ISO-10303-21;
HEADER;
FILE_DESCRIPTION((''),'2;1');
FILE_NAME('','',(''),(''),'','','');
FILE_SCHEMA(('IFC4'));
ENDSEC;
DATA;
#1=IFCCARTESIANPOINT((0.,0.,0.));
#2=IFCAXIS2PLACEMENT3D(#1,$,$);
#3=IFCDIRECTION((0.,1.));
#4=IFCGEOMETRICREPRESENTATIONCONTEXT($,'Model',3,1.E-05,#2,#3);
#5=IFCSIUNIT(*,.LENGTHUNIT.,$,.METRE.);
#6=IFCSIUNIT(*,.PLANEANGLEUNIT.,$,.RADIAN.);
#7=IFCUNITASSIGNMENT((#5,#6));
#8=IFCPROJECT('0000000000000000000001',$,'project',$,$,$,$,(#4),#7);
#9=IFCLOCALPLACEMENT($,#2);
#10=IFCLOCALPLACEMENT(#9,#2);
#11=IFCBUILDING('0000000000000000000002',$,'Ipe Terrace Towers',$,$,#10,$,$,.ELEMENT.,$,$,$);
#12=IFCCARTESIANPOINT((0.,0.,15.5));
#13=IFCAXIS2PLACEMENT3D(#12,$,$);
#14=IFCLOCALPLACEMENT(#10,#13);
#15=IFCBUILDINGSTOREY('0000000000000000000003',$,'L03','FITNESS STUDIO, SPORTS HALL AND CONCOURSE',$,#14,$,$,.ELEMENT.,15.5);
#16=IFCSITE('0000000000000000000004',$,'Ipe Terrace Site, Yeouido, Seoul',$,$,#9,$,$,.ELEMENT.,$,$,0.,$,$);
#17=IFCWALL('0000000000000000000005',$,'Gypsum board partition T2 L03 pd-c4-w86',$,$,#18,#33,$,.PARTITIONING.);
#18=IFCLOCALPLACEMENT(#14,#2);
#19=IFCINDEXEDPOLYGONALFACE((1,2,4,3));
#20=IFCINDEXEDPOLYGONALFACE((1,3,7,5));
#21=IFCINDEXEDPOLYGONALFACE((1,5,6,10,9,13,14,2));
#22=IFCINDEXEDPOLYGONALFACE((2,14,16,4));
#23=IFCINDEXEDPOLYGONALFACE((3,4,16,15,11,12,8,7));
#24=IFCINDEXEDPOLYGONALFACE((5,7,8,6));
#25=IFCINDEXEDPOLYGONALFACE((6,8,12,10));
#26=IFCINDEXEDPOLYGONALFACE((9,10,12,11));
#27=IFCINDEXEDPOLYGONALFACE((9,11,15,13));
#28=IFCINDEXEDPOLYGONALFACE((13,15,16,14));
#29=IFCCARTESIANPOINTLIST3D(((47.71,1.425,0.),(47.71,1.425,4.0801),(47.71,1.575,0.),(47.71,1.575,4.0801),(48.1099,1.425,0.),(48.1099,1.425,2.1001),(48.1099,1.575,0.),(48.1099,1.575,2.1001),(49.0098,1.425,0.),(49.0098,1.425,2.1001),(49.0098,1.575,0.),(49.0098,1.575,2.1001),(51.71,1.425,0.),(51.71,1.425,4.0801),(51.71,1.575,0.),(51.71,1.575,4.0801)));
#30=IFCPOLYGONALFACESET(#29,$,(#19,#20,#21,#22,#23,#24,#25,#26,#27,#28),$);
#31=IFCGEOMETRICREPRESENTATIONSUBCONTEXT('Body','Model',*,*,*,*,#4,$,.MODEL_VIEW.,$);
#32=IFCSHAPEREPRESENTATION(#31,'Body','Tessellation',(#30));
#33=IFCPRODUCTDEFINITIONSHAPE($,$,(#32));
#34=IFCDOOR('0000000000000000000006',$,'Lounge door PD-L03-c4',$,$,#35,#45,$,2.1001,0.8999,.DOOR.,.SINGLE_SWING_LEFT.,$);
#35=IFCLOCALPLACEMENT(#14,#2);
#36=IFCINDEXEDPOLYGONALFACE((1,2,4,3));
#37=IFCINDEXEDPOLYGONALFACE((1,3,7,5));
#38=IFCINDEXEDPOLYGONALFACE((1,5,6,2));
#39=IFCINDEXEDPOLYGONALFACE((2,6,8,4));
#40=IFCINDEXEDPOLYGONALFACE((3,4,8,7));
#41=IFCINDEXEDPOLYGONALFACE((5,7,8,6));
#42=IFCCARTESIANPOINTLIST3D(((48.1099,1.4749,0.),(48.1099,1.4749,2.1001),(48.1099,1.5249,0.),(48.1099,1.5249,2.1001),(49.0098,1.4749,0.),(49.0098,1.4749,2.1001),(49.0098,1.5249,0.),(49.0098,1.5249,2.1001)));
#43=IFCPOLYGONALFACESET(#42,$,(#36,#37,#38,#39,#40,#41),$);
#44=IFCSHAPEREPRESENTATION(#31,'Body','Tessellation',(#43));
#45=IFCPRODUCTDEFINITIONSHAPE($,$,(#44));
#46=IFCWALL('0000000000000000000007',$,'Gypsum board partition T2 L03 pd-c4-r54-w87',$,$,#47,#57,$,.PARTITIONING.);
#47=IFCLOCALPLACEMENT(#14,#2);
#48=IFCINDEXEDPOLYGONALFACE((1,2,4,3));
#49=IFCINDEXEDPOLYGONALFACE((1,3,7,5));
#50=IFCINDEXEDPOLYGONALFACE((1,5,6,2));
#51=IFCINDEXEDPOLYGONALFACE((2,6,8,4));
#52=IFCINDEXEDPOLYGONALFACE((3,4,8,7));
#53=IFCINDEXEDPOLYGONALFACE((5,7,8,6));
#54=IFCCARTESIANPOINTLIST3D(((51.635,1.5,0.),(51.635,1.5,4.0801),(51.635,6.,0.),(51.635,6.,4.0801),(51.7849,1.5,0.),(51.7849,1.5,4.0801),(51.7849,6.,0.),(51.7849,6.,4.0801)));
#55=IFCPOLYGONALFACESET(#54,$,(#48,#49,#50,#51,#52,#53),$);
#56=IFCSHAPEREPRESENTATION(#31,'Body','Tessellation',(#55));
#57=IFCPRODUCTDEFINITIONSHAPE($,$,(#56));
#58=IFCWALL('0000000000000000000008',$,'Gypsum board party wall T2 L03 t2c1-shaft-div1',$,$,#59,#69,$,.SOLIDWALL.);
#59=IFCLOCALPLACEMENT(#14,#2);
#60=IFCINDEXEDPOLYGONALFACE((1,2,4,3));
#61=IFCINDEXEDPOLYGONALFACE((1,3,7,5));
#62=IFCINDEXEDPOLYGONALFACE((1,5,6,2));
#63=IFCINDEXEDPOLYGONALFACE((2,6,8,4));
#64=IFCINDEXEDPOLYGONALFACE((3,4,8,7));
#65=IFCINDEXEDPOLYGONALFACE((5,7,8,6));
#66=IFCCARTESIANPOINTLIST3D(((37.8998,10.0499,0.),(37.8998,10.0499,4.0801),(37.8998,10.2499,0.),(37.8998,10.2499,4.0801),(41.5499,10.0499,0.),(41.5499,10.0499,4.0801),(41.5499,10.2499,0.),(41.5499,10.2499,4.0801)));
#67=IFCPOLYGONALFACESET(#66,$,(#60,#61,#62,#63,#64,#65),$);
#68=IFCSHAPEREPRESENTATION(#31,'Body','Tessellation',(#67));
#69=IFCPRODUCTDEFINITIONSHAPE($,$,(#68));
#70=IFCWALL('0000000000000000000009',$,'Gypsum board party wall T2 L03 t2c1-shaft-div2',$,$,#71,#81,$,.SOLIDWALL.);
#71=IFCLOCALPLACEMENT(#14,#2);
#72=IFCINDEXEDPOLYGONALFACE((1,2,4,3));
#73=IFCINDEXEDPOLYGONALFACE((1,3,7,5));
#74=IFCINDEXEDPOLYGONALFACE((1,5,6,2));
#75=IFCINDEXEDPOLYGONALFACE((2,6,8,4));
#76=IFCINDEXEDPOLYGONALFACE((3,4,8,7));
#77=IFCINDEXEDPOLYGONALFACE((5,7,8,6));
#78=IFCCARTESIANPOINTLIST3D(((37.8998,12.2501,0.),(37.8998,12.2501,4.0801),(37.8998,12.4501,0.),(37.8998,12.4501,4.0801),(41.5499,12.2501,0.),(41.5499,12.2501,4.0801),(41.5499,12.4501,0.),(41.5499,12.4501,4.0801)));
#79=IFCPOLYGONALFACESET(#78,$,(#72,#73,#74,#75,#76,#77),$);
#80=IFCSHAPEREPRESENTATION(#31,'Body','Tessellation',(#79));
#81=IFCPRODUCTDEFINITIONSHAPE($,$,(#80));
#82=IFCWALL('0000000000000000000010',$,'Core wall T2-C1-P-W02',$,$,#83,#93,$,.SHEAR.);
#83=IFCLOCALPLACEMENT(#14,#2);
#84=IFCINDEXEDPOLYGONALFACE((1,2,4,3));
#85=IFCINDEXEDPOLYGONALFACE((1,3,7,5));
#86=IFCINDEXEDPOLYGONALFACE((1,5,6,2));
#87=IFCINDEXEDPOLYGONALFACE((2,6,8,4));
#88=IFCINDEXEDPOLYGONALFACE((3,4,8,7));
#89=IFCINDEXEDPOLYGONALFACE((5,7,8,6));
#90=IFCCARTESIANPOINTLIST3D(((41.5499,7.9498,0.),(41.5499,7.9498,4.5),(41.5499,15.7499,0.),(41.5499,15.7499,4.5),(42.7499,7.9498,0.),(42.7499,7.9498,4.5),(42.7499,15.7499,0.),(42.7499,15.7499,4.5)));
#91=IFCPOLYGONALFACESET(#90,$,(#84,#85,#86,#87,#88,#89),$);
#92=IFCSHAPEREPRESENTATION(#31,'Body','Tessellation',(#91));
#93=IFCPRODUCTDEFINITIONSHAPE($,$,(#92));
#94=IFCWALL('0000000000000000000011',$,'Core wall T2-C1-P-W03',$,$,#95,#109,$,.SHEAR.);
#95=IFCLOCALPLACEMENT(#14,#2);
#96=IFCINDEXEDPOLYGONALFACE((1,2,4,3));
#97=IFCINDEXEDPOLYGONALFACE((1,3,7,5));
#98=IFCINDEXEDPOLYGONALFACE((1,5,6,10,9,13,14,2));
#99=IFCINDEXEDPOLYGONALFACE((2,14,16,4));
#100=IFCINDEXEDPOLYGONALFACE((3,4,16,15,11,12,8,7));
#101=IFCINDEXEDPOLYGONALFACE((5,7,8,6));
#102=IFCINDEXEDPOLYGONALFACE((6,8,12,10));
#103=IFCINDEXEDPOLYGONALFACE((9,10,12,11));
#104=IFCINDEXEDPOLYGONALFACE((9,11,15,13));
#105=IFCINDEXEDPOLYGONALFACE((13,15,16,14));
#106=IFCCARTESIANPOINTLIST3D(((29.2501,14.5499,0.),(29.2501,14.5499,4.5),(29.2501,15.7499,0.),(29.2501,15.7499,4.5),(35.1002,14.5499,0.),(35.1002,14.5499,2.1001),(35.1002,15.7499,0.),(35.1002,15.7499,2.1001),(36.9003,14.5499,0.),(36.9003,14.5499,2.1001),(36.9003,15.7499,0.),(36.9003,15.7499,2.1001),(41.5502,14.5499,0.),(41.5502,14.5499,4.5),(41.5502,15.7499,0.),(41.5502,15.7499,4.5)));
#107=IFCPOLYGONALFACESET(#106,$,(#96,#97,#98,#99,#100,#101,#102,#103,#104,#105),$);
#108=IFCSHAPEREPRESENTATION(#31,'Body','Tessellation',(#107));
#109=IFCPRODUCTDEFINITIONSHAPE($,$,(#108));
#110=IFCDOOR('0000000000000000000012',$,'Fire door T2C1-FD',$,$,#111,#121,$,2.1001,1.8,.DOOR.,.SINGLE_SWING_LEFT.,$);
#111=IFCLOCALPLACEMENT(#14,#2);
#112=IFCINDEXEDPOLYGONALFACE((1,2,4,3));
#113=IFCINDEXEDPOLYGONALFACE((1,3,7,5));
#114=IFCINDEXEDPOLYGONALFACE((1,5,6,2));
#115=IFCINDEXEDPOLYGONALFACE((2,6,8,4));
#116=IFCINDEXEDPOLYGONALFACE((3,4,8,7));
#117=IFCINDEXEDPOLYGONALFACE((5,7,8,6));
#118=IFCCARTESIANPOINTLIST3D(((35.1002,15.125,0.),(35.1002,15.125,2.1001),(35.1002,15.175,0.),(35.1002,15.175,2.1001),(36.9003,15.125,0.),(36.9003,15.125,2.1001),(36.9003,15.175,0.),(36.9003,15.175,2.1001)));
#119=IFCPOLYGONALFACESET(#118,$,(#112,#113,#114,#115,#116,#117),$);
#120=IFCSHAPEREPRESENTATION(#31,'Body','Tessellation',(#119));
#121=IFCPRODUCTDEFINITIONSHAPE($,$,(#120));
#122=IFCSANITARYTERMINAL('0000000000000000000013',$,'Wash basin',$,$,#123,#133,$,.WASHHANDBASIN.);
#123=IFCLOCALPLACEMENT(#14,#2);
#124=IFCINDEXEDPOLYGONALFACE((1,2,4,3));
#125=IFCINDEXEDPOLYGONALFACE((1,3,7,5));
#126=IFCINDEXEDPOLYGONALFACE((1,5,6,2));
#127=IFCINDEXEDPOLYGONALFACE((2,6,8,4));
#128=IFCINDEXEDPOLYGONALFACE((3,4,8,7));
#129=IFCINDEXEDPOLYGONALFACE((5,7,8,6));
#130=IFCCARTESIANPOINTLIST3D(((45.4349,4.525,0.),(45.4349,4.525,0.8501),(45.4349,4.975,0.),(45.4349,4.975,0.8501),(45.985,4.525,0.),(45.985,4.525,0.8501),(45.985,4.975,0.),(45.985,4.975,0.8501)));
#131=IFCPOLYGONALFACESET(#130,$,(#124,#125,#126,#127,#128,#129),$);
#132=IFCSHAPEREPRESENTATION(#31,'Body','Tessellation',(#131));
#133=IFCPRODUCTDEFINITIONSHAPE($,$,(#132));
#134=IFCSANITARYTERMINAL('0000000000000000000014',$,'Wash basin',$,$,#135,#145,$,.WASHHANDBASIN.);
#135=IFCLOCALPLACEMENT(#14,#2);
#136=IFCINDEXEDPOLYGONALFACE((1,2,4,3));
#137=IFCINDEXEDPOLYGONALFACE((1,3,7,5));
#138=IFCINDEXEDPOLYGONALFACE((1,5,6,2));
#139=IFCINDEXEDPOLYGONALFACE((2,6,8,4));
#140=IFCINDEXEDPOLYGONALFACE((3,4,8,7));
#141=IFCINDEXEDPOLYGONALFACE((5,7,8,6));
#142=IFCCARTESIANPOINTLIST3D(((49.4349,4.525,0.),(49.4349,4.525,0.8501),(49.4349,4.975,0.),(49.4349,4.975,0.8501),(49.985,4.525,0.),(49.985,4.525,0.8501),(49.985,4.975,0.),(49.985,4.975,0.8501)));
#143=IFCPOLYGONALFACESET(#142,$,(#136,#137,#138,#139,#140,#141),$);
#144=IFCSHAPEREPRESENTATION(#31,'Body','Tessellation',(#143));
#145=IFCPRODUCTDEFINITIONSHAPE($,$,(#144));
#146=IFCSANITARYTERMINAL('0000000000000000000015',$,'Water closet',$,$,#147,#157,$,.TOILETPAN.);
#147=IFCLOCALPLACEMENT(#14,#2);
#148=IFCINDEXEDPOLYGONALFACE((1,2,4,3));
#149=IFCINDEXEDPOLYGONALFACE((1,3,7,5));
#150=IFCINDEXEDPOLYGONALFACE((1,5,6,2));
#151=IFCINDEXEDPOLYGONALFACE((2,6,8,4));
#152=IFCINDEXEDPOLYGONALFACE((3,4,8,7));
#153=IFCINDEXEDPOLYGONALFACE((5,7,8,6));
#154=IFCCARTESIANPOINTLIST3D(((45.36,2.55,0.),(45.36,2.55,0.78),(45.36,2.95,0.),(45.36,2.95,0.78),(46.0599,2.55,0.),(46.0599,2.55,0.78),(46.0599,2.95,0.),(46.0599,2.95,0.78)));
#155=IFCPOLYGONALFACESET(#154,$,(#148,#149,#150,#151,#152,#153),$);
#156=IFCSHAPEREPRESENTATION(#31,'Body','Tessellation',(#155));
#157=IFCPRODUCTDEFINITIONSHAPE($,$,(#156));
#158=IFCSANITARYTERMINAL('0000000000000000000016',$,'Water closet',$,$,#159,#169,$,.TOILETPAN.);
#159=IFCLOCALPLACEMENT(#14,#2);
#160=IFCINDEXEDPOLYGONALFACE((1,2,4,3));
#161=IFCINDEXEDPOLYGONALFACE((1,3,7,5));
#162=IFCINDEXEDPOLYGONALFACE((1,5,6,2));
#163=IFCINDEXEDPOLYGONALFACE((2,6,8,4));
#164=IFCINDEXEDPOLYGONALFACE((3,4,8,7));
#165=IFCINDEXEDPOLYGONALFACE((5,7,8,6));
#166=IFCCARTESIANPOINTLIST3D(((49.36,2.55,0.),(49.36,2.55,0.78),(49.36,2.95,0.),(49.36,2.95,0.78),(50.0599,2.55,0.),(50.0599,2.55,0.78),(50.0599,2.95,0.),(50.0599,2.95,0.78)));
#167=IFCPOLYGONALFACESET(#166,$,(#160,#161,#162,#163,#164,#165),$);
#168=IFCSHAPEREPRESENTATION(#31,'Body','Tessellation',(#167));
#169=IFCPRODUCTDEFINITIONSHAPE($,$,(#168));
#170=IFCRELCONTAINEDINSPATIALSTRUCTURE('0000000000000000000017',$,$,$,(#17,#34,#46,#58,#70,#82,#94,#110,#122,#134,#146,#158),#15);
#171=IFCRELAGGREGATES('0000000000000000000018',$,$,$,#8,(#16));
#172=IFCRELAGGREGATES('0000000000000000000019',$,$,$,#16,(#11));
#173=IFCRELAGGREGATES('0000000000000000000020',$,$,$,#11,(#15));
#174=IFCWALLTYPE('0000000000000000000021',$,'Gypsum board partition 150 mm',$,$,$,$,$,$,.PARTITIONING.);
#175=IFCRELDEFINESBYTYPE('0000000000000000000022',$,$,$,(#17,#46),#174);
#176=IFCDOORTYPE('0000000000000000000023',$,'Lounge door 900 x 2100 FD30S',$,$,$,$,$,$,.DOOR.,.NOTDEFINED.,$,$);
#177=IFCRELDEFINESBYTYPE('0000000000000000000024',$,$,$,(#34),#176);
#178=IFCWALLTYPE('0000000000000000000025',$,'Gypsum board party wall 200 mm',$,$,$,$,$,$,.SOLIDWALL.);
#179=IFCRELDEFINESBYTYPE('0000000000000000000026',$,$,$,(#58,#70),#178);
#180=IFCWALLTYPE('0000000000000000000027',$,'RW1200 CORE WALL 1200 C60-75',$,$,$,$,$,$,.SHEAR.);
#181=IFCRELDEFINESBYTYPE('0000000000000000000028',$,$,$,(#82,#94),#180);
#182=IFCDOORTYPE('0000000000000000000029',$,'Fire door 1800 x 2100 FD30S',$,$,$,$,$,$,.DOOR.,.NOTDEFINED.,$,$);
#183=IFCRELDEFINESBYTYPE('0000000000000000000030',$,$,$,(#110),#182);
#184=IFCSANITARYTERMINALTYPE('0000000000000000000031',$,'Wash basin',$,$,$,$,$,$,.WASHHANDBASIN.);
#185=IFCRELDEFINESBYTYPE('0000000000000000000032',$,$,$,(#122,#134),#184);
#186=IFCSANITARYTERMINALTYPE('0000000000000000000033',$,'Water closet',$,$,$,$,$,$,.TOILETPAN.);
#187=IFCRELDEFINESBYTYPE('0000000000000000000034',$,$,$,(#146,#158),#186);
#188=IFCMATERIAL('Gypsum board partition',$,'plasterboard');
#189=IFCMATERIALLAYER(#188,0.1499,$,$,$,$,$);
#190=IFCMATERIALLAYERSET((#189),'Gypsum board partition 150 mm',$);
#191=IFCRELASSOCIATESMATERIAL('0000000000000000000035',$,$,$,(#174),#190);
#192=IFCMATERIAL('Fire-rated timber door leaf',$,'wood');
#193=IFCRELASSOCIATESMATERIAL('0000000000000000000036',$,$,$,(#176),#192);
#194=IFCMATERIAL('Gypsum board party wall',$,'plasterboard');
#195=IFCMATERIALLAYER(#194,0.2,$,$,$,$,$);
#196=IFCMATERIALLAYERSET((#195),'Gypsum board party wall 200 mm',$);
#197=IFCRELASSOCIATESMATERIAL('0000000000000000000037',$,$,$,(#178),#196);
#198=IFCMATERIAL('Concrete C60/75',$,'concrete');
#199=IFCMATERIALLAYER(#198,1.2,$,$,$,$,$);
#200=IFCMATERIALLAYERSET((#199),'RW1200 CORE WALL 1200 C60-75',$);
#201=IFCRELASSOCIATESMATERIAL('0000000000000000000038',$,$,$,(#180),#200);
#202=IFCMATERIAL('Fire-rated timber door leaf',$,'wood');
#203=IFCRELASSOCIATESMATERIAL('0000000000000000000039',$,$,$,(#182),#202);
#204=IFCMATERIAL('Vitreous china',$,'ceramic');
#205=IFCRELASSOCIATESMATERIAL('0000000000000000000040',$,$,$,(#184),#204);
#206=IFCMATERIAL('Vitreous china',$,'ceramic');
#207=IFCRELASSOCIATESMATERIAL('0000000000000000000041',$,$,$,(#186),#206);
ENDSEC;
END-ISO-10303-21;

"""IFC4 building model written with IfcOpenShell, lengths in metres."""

from ifc_helpers import new_model, si_unit, direction, frame, frame_2d, origin, origin_2d, place, context, subcontext, project, spatial, rectangle, extrude, material, layer, layer_set, type_object, element, fill, save


model = new_model("IFC4")

# Units and contexts
model_context = context("Model", 3, precision=1e-05, world=origin(), true_north=direction((0.0, 1.0)))
body_context = subcontext(model_context, "Body", "Model", "MODEL_VIEW")
ifc_project = project(units=[si_unit("LENGTHUNIT", "METRE"), si_unit("PLANEANGLEUNIT", "RADIAN")], contexts=[model_context])

# Site, building, storey
site_placement = place(None, origin())
site = spatial("IfcSite", under=ifc_project, at=site_placement, Name="Ipe Terrace Site, Yeouido, Seoul", CompositionType="ELEMENT", RefElevation=0.0)
building_placement = place(site_placement, origin())
building = spatial("IfcBuilding", under=site, at=building_placement, Name="Ipe Terrace Towers", CompositionType="ELEMENT")
storey_placement = place(building_placement, frame((0.0, 0.0, 15.5)))
storey = spatial("IfcBuildingStorey", under=building, at=storey_placement, Name="L03", Description="FITNESS STUDIO, SPORTS HALL AND CONCOURSE", CompositionType="ELEMENT", Elevation=15.5)

# Shared definitions
ifc_material_1 = material(Name="Gypsum board partition", Category="plasterboard")
ifc_layer_1 = layer(ifc_material_1, 0.1499)
ifc_layer_set_1 = layer_set([ifc_layer_1], Name="Gypsum board partition 150 mm")
wall_type_1 = type_object("IfcWallType", Name="Gypsum board partition 150 mm", PredefinedType="PARTITIONING", material=ifc_layer_set_1)

# Shared definitions
ifc_material_2 = material(Name="Fire-rated timber door leaf", Category="wood")
door_type_1 = type_object("IfcDoorType", Name="Lounge door 900 x 2100 FD30S", OperationType="NOTDEFINED", PredefinedType="DOOR", material=ifc_material_2)

# Wall, opening, door
wall_1_placement = place(storey_placement, frame((47.71, 1.5, 0.0), z_axis=(0.0, 0.0, 1.0), x_axis=(1.0, 0.0, 0.0)))
wall_1 = element("IfcWall", 1, at=wall_1_placement, inside=storey, type_object=wall_type_1, Name="Gypsum board partition T2 L03 pd-c4-w86", PredefinedType="PARTITIONING", context=body_context, shape_type="SweptSolid", body=[
    extrude(rectangle(XDim=4.0, YDim=0.1499, at=frame_2d((2.0, 0.0))), origin(), (0.0, 0.0, 1.0), 4.0801),
])
opening_1_placement = place(wall_1_placement, frame((0.3999, 0.0, 0.0)))
opening_1 = element("IfcOpeningElement", 2, at=opening_1_placement, cuts=wall_1, PredefinedType="OPENING", context=body_context, shape_type="SweptSolid", body=[
    extrude(rectangle(XDim=0.8999, YDim=2.1001, at=frame_2d((0.45, 1.05))), frame((0.0, 0.085, 0.0), z_axis=(0.0, -1.0, 0.0), x_axis=(1.0, 0.0, 0.0)), (0.0, 0.0, 1.0), 0.1699),
])
door_1_placement = place(opening_1_placement, origin())
door_1 = element("IfcDoor", 3, at=door_1_placement, inside=storey, type_object=door_type_1, Name="Lounge door PD-L03-c4", OperationType="SINGLE_SWING_LEFT", OverallHeight=2.1001, OverallWidth=0.8999, PredefinedType="DOOR", context=body_context, shape_type="SweptSolid", body=[
    extrude(rectangle(XDim=0.8999, YDim=2.1001, at=frame_2d((0.45, 1.05))), frame((0.0, 0.0249, 0.0), z_axis=(0.0, -1.0, 0.0), x_axis=(1.0, 0.0, 0.0)), (0.0, 0.0, 1.0), 0.05),
])
fill(opening_1, door_1)

# Walls
wall_2_placement = place(storey_placement, frame((51.71, 1.5, 0.0), z_axis=(0.0, 0.0, 1.0), x_axis=(0.0, 1.0, 0.0)))
element("IfcWall", 4, at=wall_2_placement, inside=storey, type_object=wall_type_1, Name="Gypsum board partition T2 L03 pd-c4-r54-w87", PredefinedType="PARTITIONING", context=body_context, shape_type="SweptSolid", body=[
    extrude(rectangle(XDim=4.5, YDim=0.1499, at=frame_2d((2.25, 0.0))), origin(), (0.0, 0.0, 1.0), 4.0801),
])
ifc_material_3 = material(Name="Gypsum board party wall", Category="plasterboard")
ifc_layer_2 = layer(ifc_material_3, 0.2)
ifc_layer_set_2 = layer_set([ifc_layer_2], Name="Gypsum board party wall 200 mm")
wall_type_2 = type_object("IfcWallType", Name="Gypsum board party wall 200 mm", PredefinedType="SOLIDWALL", material=ifc_layer_set_2)
for number, where, z_axis, x_axis, name in (
    (5, (41.55, 10.1499, 0.0), (0.0, 0.0, 1.0), (-1.0, 0.0, 0.0), "Gypsum board party wall T2 L03 t2c1-shaft-div1"),
    (6, (41.55, 12.3501, 0.0), (0.0, 0.0, 1.0), (-1.0, 0.0, 0.0), "Gypsum board party wall T2 L03 t2c1-shaft-div2"),
):
    element("IfcWall", number, at=place(storey_placement, frame(where, z_axis=z_axis, x_axis=x_axis)), inside=storey, type_object=wall_type_2, Name=name, PredefinedType="SOLIDWALL", context=body_context, shape_type="SweptSolid", body=[
        extrude(rectangle(XDim=3.6501, YDim=0.2, at=frame_2d((1.8252, 0.0))), origin(), (0.0, 0.0, 1.0), 4.0801),
    ])
ifc_material_4 = material(Name="Concrete C60/75", Category="concrete")
ifc_layer_3 = layer(ifc_material_4, 1.2)
ifc_layer_set_3 = layer_set([ifc_layer_3], Name="RW1200 CORE WALL 1200 C60-75")
wall_type_3 = type_object("IfcWallType", Name="RW1200 CORE WALL 1200 C60-75", PredefinedType="SHEAR", material=ifc_layer_set_3)
wall_3_placement = place(storey_placement, frame((42.1499, 7.95, 0.0), z_axis=(0.0, 0.0, 1.0), x_axis=(0.0, 1.0, 0.0)))
element("IfcWall", 7, at=wall_3_placement, inside=storey, type_object=wall_type_3, Name="Core wall T2-C1-P-W02", PredefinedType="SHEAR", context=body_context, shape_type="SweptSolid", body=[
    extrude(rectangle(XDim=7.8, YDim=1.2, at=frame_2d((3.8999, 0.0))), origin(), (0.0, 0.0, 1.0), 4.5),
])

# Wall, opening, door
wall_4_placement = place(storey_placement, frame((41.55, 15.1499, 0.0), z_axis=(0.0, 0.0, 1.0), x_axis=(-1.0, 0.0, 0.0)))
wall_4 = element("IfcWall", 8, at=wall_4_placement, inside=storey, type_object=wall_type_3, Name="Core wall T2-C1-P-W03", PredefinedType="SHEAR", context=body_context, shape_type="SweptSolid", body=[
    extrude(rectangle(XDim=12.3, YDim=1.2, at=frame_2d((6.1499, 0.0))), origin(), (0.0, 0.0, 1.0), 4.5),
])
opening_2_placement = place(wall_4_placement, frame((4.6499, 0.0, 0.0)))
opening_2 = element("IfcOpeningElement", 9, at=opening_2_placement, cuts=wall_4, PredefinedType="OPENING", context=body_context, shape_type="SweptSolid", body=[
    extrude(rectangle(XDim=1.8, YDim=2.1001, at=frame_2d((0.8999, 1.05))), frame((0.0, 0.6099, 0.0), z_axis=(0.0, -1.0, 0.0), x_axis=(1.0, 0.0, 0.0)), (0.0, 0.0, 1.0), 1.22),
])
ifc_material_5 = material(Name="Fire-rated timber door leaf", Category="wood")
door_type_2 = type_object("IfcDoorType", Name="Fire door 1800 x 2100 FD30S", OperationType="NOTDEFINED", PredefinedType="DOOR", material=ifc_material_5)
door_2_placement = place(opening_2_placement, origin())
door_2 = element("IfcDoor", 10, at=door_2_placement, inside=storey, type_object=door_type_2, Name="Fire door T2C1-FD", OperationType="SINGLE_SWING_LEFT", OverallHeight=2.1001, OverallWidth=1.8, PredefinedType="DOOR", context=body_context, shape_type="SweptSolid", body=[
    extrude(rectangle(XDim=1.8, YDim=2.1001, at=frame_2d((0.8999, 1.05))), frame((0.0, 0.0249, 0.0), z_axis=(0.0, -1.0, 0.0), x_axis=(1.0, 0.0, 0.0)), (0.0, 0.0, 1.0), 0.05),
])
fill(opening_2, door_2)

# Sanitary terminals
ifc_material_6 = material(Name="Vitreous china", Category="ceramic")
sanitary_terminal_type_1 = type_object("IfcSanitaryTerminalType", Name="Wash basin", PredefinedType="WASHHANDBASIN", material=ifc_material_6)
for number, where, z_axis, x_axis, name in (
    (11, (45.71, 4.75, 0.0), (0.0, 0.0, 1.0), (1.0, 0.0, 0.0), "Wash basin"),
    (12, (49.71, 4.75, 0.0), (0.0, 0.0, 1.0), (1.0, 0.0, 0.0), "Wash basin"),
):
    element("IfcSanitaryTerminal", number, at=place(storey_placement, frame(where, z_axis=z_axis, x_axis=x_axis)), inside=storey, type_object=sanitary_terminal_type_1, Name=name, PredefinedType="WASHHANDBASIN", context=body_context, shape_type="SweptSolid", body=[
        extrude(rectangle(XDim=0.55, YDim=0.45, at=origin_2d()), origin(), (0.0, 0.0, 1.0), 0.8501),
    ])
ifc_material_7 = material(Name="Vitreous china", Category="ceramic")
sanitary_terminal_type_2 = type_object("IfcSanitaryTerminalType", Name="Water closet", PredefinedType="TOILETPAN", material=ifc_material_7)
for number, where, z_axis, x_axis, name in (
    (13, (45.71, 2.75, 0.0), (0.0, 0.0, 1.0), (1.0, 0.0, 0.0), "Water closet"),
    (14, (49.71, 2.75, 0.0), (0.0, 0.0, 1.0), (1.0, 0.0, 0.0), "Water closet"),
):
    element("IfcSanitaryTerminal", number, at=place(storey_placement, frame(where, z_axis=z_axis, x_axis=x_axis)), inside=storey, type_object=sanitary_terminal_type_2, Name=name, PredefinedType="TOILETPAN", context=body_context, shape_type="SweptSolid", body=[
        extrude(rectangle(XDim=0.7, YDim=0.3999, at=origin_2d()), origin(), (0.0, 0.0, 1.0), 0.78),
    ])

save(model, "model.ifc")
